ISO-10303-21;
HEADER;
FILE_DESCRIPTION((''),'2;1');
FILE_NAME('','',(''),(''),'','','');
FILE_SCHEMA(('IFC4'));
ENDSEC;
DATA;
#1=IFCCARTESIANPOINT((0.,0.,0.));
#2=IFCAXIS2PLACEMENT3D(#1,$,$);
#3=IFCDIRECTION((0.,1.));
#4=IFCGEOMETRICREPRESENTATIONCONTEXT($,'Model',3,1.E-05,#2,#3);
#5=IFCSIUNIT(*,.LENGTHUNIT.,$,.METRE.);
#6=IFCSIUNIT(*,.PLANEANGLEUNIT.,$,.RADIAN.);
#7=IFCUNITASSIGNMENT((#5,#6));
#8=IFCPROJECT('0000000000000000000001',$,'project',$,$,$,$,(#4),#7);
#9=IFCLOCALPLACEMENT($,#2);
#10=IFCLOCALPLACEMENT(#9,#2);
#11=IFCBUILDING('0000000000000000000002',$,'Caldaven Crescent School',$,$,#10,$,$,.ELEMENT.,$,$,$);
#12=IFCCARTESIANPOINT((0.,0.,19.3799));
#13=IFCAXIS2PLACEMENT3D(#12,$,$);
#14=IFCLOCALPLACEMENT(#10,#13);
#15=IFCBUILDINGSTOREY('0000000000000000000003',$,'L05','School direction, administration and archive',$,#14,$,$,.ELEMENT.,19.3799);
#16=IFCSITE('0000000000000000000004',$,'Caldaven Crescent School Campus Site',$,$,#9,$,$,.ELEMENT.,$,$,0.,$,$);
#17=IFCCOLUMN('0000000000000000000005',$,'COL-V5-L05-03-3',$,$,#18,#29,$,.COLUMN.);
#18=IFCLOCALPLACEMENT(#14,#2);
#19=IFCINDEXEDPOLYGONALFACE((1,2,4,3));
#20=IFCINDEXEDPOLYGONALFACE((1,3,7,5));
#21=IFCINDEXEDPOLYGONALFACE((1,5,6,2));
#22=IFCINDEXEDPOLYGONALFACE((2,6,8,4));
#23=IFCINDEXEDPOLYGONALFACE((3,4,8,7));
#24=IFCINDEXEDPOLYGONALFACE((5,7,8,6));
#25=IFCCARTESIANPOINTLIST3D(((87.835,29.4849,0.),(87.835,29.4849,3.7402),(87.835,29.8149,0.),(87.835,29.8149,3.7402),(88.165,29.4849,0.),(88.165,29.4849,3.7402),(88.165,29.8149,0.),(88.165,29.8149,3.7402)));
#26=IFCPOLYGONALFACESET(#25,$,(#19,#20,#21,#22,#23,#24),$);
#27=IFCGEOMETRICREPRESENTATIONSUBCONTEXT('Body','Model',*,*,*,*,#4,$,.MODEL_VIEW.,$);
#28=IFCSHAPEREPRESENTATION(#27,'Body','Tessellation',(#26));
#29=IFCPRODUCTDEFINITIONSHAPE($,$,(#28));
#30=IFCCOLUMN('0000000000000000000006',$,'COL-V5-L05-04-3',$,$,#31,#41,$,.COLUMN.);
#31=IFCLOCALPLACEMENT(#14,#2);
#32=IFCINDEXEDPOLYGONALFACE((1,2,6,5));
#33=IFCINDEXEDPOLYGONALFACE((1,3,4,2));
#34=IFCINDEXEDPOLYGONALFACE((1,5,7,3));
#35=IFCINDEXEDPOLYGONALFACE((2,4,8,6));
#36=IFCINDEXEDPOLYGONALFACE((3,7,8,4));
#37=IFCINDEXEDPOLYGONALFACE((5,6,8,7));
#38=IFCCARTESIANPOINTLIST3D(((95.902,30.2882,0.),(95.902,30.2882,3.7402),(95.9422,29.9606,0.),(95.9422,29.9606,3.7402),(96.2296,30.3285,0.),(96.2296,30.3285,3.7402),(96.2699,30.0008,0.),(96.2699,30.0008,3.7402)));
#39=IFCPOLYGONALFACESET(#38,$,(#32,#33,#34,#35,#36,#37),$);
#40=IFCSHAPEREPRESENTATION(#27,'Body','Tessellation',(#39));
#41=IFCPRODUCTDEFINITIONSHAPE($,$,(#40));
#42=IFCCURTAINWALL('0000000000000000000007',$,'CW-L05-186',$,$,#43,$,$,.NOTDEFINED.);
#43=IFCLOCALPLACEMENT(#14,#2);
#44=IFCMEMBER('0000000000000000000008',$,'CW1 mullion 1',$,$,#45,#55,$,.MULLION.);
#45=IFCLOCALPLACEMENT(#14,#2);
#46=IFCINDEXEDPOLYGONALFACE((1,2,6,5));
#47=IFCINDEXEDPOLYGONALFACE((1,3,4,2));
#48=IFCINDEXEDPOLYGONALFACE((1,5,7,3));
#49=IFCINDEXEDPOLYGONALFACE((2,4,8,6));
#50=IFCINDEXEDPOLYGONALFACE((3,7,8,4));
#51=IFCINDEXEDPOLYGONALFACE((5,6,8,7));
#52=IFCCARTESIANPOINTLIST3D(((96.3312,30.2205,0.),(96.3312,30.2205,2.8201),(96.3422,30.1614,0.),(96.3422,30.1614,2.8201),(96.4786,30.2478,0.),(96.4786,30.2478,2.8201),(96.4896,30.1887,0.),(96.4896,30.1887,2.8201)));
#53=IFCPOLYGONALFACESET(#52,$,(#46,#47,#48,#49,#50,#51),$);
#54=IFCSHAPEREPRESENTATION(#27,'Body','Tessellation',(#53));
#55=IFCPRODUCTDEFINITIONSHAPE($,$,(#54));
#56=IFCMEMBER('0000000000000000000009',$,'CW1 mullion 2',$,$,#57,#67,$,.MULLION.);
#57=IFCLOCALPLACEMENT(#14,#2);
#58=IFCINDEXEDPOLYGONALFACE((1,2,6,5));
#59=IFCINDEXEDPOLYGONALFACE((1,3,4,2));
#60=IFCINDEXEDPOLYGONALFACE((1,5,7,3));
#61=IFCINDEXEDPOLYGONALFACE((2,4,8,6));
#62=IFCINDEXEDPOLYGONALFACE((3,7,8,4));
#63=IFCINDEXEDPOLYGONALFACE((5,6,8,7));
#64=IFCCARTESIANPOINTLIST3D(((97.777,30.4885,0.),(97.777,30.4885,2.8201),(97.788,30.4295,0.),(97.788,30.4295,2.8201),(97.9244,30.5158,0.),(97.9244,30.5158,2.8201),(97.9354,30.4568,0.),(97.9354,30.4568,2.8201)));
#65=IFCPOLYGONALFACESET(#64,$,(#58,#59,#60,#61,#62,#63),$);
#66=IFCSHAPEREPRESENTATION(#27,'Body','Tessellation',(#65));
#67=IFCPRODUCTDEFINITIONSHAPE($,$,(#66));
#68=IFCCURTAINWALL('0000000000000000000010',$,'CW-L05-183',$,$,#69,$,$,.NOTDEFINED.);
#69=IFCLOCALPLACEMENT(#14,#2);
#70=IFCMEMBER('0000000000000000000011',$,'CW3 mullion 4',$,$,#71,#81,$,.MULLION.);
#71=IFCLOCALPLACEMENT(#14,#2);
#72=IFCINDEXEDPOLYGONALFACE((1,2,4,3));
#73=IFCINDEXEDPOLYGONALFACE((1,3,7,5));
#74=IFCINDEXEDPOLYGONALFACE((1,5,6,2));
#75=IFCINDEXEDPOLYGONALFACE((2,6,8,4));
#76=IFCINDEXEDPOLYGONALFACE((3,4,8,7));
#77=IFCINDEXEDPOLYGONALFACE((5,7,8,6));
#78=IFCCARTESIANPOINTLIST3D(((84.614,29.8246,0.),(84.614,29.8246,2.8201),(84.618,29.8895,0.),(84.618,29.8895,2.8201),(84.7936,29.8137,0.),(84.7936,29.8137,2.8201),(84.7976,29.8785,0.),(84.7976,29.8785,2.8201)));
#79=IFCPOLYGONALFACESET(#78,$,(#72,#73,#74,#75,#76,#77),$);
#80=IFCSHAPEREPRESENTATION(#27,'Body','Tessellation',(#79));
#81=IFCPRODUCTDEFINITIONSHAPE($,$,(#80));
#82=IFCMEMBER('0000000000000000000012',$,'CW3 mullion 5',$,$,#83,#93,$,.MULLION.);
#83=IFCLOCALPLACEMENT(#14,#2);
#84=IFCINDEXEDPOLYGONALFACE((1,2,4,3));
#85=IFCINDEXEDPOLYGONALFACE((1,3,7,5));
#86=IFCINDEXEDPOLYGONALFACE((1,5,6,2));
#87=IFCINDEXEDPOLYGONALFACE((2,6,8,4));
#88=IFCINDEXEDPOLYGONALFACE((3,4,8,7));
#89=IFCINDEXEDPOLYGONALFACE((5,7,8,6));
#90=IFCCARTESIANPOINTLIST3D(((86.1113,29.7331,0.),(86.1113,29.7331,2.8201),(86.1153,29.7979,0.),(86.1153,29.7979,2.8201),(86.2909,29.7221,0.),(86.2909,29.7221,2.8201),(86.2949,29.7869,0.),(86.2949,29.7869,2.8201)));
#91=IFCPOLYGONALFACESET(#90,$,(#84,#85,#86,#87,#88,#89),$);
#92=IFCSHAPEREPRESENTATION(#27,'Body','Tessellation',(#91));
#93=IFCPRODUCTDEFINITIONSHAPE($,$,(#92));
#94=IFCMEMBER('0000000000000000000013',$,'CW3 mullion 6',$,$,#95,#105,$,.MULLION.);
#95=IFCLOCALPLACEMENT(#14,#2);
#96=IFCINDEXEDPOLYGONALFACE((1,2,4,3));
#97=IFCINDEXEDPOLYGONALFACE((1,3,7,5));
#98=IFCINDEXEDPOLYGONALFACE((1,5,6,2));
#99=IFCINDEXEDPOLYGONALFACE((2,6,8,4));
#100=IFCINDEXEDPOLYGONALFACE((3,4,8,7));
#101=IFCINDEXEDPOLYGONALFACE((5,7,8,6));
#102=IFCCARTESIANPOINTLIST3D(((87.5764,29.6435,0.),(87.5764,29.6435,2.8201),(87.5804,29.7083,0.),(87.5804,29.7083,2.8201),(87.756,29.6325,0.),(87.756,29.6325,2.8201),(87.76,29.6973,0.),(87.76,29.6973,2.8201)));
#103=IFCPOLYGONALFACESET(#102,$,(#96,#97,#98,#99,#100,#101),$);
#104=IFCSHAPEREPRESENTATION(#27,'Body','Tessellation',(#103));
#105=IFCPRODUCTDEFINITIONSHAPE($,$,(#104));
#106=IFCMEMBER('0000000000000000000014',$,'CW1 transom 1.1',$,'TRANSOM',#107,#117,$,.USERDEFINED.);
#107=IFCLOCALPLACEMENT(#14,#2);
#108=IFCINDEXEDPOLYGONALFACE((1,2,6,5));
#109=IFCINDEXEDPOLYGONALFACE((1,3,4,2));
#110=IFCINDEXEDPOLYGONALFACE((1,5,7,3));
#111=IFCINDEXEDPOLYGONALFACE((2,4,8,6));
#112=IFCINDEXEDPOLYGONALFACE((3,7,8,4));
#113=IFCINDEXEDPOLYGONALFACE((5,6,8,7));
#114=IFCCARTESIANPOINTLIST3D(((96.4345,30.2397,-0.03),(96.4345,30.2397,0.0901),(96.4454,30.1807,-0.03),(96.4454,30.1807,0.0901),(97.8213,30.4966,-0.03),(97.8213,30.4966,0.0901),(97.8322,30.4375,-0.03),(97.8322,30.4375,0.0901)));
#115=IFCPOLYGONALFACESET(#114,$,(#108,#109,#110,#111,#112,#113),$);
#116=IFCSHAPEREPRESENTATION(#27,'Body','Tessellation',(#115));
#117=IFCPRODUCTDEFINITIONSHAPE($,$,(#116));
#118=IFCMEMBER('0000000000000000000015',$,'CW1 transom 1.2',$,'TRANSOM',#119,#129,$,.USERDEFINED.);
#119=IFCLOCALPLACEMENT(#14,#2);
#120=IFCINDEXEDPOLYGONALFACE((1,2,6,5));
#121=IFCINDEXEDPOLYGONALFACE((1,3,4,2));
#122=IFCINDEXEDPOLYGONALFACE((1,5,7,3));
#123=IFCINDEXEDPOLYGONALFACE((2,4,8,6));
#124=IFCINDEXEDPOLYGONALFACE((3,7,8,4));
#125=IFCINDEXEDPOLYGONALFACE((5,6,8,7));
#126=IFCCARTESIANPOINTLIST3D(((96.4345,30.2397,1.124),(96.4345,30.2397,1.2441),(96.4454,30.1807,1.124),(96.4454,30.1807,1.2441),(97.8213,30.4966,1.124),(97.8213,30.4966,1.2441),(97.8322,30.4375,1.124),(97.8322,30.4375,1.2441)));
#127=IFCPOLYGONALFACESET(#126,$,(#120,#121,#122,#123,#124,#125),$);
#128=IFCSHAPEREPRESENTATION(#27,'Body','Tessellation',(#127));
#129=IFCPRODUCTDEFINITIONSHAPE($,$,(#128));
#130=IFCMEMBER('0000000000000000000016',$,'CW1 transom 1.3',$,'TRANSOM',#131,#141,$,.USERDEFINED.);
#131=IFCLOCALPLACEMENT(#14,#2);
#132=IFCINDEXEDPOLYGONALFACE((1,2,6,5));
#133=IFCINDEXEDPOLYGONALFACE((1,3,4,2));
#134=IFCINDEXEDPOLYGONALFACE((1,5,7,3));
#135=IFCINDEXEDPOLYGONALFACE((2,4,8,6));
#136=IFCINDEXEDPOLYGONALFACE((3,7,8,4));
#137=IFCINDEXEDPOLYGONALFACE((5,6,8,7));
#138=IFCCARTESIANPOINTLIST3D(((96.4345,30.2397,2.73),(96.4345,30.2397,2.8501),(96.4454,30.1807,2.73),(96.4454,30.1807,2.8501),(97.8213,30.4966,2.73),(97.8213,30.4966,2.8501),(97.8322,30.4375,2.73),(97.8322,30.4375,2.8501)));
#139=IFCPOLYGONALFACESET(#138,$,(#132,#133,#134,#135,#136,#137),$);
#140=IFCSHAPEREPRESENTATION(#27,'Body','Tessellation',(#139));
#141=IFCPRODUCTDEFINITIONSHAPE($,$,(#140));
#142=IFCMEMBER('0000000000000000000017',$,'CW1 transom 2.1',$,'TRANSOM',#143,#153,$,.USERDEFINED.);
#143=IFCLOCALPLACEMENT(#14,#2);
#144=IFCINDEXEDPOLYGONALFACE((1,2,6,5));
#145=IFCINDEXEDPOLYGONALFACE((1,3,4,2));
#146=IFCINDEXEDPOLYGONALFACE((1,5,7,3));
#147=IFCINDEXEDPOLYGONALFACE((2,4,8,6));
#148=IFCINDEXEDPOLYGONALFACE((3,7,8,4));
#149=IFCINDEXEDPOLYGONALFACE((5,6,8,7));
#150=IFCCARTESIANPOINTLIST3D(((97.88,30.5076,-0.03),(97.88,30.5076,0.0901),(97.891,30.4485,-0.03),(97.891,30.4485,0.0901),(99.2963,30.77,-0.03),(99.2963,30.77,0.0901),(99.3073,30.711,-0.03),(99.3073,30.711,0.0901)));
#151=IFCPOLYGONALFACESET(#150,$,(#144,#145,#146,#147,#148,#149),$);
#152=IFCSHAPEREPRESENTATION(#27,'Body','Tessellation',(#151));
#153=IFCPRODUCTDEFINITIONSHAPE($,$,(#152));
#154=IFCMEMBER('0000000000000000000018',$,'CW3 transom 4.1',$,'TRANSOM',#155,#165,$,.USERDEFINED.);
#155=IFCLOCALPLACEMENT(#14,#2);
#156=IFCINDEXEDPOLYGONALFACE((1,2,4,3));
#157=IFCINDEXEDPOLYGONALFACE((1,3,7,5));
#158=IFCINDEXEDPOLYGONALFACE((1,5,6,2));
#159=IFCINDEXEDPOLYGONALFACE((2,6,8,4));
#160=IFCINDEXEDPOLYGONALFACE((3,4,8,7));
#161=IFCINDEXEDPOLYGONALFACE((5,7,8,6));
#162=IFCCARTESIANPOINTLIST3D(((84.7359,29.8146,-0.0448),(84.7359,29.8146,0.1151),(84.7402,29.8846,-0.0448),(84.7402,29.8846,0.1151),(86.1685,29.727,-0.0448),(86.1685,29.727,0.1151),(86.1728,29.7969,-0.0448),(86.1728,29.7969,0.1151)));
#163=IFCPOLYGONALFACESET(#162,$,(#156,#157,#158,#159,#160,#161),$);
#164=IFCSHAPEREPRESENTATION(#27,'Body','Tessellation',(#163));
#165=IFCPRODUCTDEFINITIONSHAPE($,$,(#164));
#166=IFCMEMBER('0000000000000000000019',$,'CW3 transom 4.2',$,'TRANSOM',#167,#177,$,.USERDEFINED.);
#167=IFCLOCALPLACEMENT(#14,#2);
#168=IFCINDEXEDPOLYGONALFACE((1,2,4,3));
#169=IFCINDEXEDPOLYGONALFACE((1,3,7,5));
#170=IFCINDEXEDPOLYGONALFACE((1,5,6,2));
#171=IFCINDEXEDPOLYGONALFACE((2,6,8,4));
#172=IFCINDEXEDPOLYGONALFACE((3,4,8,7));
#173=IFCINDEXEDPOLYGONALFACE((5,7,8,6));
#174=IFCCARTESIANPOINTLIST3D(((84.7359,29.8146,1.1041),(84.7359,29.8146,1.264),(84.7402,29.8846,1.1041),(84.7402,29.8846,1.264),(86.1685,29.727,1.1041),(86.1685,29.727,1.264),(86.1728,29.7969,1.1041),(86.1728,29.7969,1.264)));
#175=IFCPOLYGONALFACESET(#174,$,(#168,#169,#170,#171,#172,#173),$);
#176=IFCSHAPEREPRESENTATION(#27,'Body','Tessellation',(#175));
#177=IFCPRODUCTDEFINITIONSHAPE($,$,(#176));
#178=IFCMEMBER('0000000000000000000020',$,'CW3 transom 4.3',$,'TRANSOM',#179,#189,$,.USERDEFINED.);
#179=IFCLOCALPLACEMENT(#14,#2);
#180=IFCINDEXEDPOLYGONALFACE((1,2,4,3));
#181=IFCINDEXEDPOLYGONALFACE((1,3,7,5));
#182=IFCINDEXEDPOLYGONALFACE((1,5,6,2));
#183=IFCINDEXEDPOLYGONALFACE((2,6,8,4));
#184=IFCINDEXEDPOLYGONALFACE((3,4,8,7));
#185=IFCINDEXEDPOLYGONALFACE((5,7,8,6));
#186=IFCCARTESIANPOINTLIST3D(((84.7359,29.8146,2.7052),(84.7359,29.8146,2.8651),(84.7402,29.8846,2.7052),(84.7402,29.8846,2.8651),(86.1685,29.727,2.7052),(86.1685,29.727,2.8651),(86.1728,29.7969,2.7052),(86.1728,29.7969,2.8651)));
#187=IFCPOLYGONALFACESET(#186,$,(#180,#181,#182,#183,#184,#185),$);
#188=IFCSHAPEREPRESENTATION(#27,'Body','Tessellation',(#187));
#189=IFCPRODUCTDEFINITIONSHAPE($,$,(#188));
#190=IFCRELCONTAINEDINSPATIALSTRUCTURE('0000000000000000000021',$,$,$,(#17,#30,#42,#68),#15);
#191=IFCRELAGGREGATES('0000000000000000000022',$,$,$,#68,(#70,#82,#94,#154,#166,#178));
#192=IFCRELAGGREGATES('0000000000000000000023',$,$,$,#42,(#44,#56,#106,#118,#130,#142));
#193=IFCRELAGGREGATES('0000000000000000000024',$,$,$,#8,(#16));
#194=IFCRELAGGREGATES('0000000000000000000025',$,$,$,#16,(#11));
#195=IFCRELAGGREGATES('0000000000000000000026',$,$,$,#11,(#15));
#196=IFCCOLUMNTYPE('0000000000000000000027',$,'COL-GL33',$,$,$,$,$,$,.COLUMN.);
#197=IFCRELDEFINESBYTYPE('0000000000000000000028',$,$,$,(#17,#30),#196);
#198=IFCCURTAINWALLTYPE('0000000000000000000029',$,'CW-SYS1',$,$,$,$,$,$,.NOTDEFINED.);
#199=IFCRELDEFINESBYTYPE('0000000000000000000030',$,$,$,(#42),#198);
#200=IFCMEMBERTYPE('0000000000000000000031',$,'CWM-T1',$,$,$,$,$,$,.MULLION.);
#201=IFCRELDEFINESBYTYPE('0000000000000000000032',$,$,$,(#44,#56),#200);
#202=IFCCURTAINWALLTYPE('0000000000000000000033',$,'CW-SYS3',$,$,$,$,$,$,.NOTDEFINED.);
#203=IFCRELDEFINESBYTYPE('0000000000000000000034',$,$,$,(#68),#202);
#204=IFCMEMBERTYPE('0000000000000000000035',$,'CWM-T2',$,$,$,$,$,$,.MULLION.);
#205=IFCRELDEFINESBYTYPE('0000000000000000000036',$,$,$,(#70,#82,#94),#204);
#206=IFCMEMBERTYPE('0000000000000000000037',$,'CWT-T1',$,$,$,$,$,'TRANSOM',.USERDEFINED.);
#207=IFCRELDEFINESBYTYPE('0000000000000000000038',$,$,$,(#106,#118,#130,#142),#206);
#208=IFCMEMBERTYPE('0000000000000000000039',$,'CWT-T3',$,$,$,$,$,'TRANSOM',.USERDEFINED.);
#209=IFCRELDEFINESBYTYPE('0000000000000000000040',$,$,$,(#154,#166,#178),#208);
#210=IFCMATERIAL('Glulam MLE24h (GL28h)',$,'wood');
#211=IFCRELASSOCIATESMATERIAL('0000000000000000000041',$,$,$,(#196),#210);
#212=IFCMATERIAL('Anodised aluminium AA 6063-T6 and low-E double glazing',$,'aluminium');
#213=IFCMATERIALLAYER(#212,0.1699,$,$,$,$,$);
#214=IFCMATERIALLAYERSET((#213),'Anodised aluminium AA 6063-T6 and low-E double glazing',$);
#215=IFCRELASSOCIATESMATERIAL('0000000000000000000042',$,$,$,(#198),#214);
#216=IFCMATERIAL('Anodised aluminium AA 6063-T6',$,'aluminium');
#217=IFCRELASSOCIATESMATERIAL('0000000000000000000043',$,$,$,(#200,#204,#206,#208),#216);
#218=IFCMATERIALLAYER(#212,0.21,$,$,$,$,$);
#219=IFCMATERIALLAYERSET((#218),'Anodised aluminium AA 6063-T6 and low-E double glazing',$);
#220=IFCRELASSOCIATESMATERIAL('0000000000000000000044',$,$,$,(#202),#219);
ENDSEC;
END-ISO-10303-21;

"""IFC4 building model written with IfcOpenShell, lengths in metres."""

from ifc_helpers import new_model, si_unit, direction, frame, origin, origin_2d, place, context, subcontext, project, spatial, rectangle, extrude, material, layer, layer_set, material_profile, profile_set, type_object, element, aggregate, save


model = new_model("IFC4")

# Units and contexts
model_context = context("Model", 3, precision=1e-05, world=origin(), true_north=direction((0.0, 1.0)))
body_context = subcontext(model_context, "Body", "Model", "MODEL_VIEW")
ifc_project = project(units=[si_unit("LENGTHUNIT", "METRE"), si_unit("PLANEANGLEUNIT", "RADIAN")], contexts=[model_context])

# Site, building, storey
site_placement = place(None, origin())
site = spatial("IfcSite", under=ifc_project, at=site_placement, Name="Caldaven Crescent School Campus Site", CompositionType="ELEMENT", RefElevation=0.0)
building_placement = place(site_placement, origin())
building = spatial("IfcBuilding", under=site, at=building_placement, Name="Caldaven Crescent School", CompositionType="ELEMENT")
storey_placement = place(building_placement, frame((0.0, 0.0, 19.3799)))
storey = spatial("IfcBuildingStorey", under=building, at=storey_placement, Name="L05", Description="School direction, administration and archive", CompositionType="ELEMENT", Elevation=19.3799)

# Columns
ifc_material_1 = material(Name="Glulam MLE24h (GL28h)", Category="wood")
ifc_material_profile_1 = material_profile(ifc_material_1, rectangle(XDim=0.3301, YDim=0.3301, at=origin_2d()), Name="MLE 330x330")
ifc_profile_set_1 = profile_set([ifc_material_profile_1], Name="Glulam MLE24h (GL28h)")
column_type = type_object("IfcColumnType", Name="COL-GL33", PredefinedType="COLUMN", material=ifc_profile_set_1)
for number, where, z_axis, x_axis, name in (
    (1, (88.0, 29.6499, 0.0), (0.0, 0.0, 1.0), (0.0, -1.0, 0.0), "COL-V5-L05-03-3"),
    (2, (96.0859, 30.1445, 0.0), (0.0, 0.0, 1.0), (0.121869, -0.992546, 0.0), "COL-V5-L05-04-3"),
):
    element("IfcColumn", number, at=place(storey_placement, frame(where, z_axis=z_axis, x_axis=x_axis)), inside=storey, type_object=column_type, Name=name, PredefinedType="COLUMN", context=body_context, shape_type="SweptSolid", body=[
        extrude(rectangle(XDim=0.3301, YDim=0.3301, at=origin_2d()), origin(), (0.0, 0.0, 1.0), 3.7402),
    ])

# Curtain walls, members
ifc_material_2 = material(Name="Anodised aluminium AA 6063-T6 and low-E double glazing", Category="aluminium")
ifc_layer_1 = layer(ifc_material_2, 0.1699)
ifc_layer_set_1 = layer_set([ifc_layer_1], Name="Anodised aluminium AA 6063-T6 and low-E double glazing")
curtain_wall_type_1 = type_object("IfcCurtainWallType", Name="CW-SYS1", PredefinedType="NOTDEFINED", material=ifc_layer_set_1)
curtain_wall_1_placement = place(storey_placement, origin())
curtain_wall_1 = element("IfcCurtainWall", 3, at=curtain_wall_1_placement, inside=storey, type_object=curtain_wall_type_1, Name="CW-L05-186", PredefinedType="NOTDEFINED")
ifc_material_3 = material(Name="Anodised aluminium AA 6063-T6", Category="aluminium")
ifc_material_profile_2 = material_profile(ifc_material_3, rectangle(XDim=0.0601, YDim=0.1499, at=origin_2d()), Name="CWM 60x150")
ifc_profile_set_2 = profile_set([ifc_material_profile_2], Name="Anodised aluminium AA 6063-T6")
member_type_1 = type_object("IfcMemberType", Name="CWM-T1", PredefinedType="MULLION", material=ifc_profile_set_2)
member_1_placement = place(storey_placement, frame((96.4104, 30.2046, 0.0), z_axis=(0.0, 0.0, 1.0), x_axis=(-0.182236, 0.983255, 0.0)))
member_1 = element("IfcMember", 4, at=member_1_placement, type_object=member_type_1, Name="CW1 mullion 1", PredefinedType="MULLION", context=body_context, shape_type="SweptSolid", body=[
    extrude(rectangle(XDim=0.0601, YDim=0.1499, at=origin_2d()), origin(), (0.0, 0.0, 1.0), 2.8201),
])
member_2_placement = place(storey_placement, frame((97.8562, 30.4727, 0.0), z_axis=(0.0, 0.0, 1.0), x_axis=(-0.182236, 0.983255, 0.0)))
member_2 = element("IfcMember", 5, at=member_2_placement, type_object=member_type_1, Name="CW1 mullion 2", PredefinedType="MULLION", context=body_context, shape_type="SweptSolid", body=[
    extrude(rectangle(XDim=0.0601, YDim=0.1499, at=origin_2d()), origin(), (0.0, 0.0, 1.0), 2.8201),
])
ifc_layer_2 = layer(ifc_material_2, 0.21)
ifc_layer_set_2 = layer_set([ifc_layer_2], Name="Anodised aluminium AA 6063-T6 and low-E double glazing")
curtain_wall_type_2 = type_object("IfcCurtainWallType", Name="CW-SYS3", PredefinedType="NOTDEFINED", material=ifc_layer_set_2)
curtain_wall_2_placement = place(storey_placement, origin())
curtain_wall_2 = element("IfcCurtainWall", 6, at=curtain_wall_2_placement, inside=storey, type_object=curtain_wall_type_2, Name="CW-L05-183", PredefinedType="NOTDEFINED")
ifc_material_profile_3 = material_profile(ifc_material_3, rectangle(XDim=0.0649, YDim=0.1799, at=origin_2d()), Name="CWM 65x180")
ifc_profile_set_3 = profile_set([ifc_material_profile_3], Name="Anodised aluminium AA 6063-T6")
member_type_2 = type_object("IfcMemberType", Name="CWM-T2", PredefinedType="MULLION", material=ifc_profile_set_3)
member_3_placement = place(storey_placement, frame((84.7058, 29.8516, 0.0), z_axis=(0.0, 0.0, 1.0), x_axis=(0.061049, 0.998135, 0.0)))
member_3 = element("IfcMember", 7, at=member_3_placement, type_object=member_type_2, Name="CW3 mullion 4", PredefinedType="MULLION", context=body_context, shape_type="SweptSolid", body=[
    extrude(rectangle(XDim=0.0649, YDim=0.1799, at=origin_2d()), origin(), (0.0, 0.0, 1.0), 2.8201),
])
member_4_placement = place(storey_placement, frame((86.2031, 29.76, 0.0), z_axis=(0.0, 0.0, 1.0), x_axis=(0.061049, 0.998135, 0.0)))
member_4 = element("IfcMember", 8, at=member_4_placement, type_object=member_type_2, Name="CW3 mullion 5", PredefinedType="MULLION", context=body_context, shape_type="SweptSolid", body=[
    extrude(rectangle(XDim=0.0649, YDim=0.1799, at=origin_2d()), origin(), (0.0, 0.0, 1.0), 2.8201),
])
member_5_placement = place(storey_placement, frame((87.6682, 29.6704, 0.0), z_axis=(0.0, 0.0, 1.0), x_axis=(0.061049, 0.998135, 0.0)))
member_5 = element("IfcMember", 9, at=member_5_placement, type_object=member_type_2, Name="CW3 mullion 6", PredefinedType="MULLION", context=body_context, shape_type="SweptSolid", body=[
    extrude(rectangle(XDim=0.0649, YDim=0.1799, at=origin_2d()), origin(), (0.0, 0.0, 1.0), 2.8201),
])

# Members
ifc_material_profile_4 = material_profile(ifc_material_3, rectangle(XDim=0.0601, YDim=0.1201, at=origin_2d()), Name="CWT 60x120")
ifc_profile_set_4 = profile_set([ifc_material_profile_4], Name="Anodised aluminium AA 6063-T6")
member_type_3 = type_object("IfcMemberType", Name="CWT-T1", ElementType="TRANSOM", PredefinedType="USERDEFINED", material=ifc_profile_set_4)
member_6_placement = place(storey_placement, frame((96.4399, 30.2102, 0.03), z_axis=(0.983277, 0.182114, 0.0), x_axis=(-0.182114, 0.983277, 0.0)))
member_6 = element("IfcMember", 10, at=member_6_placement, type_object=member_type_3, Name="CW1 transom 1.1", ObjectType="TRANSOM", PredefinedType="USERDEFINED", context=body_context, shape_type="SweptSolid", body=[
    extrude(rectangle(XDim=0.0601, YDim=0.1201, at=origin_2d()), origin(), (0.0, 0.0, 1.0), 1.4104),
])
member_7_placement = place(storey_placement, frame((96.4399, 30.2102, 1.1841), z_axis=(0.983277, 0.182114, 0.0), x_axis=(-0.182114, 0.983277, 0.0)))
member_7 = element("IfcMember", 11, at=member_7_placement, type_object=member_type_3, Name="CW1 transom 1.2", ObjectType="TRANSOM", PredefinedType="USERDEFINED", context=body_context, shape_type="SweptSolid", body=[
    extrude(rectangle(XDim=0.0601, YDim=0.1201, at=origin_2d()), origin(), (0.0, 0.0, 1.0), 1.4104),
])
member_8_placement = place(storey_placement, frame((96.4399, 30.2102, 2.79), z_axis=(0.983277, 0.182114, 0.0), x_axis=(-0.182114, 0.983277, 0.0)))
member_8 = element("IfcMember", 12, at=member_8_placement, type_object=member_type_3, Name="CW1 transom 1.3", ObjectType="TRANSOM", PredefinedType="USERDEFINED", context=body_context, shape_type="SweptSolid", body=[
    extrude(rectangle(XDim=0.0601, YDim=0.1201, at=origin_2d()), origin(), (0.0, 0.0, 1.0), 1.4104),
])
member_9_placement = place(storey_placement, frame((97.8855, 30.478, 0.03), z_axis=(0.98326, 0.182211, 0.0), x_axis=(-0.182211, 0.98326, 0.0)))
member_9 = element("IfcMember", 13, at=member_9_placement, type_object=member_type_3, Name="CW1 transom 2.1", ObjectType="TRANSOM", PredefinedType="USERDEFINED", context=body_context, shape_type="SweptSolid", body=[
    extrude(rectangle(XDim=0.0601, YDim=0.1201, at=origin_2d()), origin(), (0.0, 0.0, 1.0), 1.4404),
])
ifc_material_profile_5 = material_profile(ifc_material_3, rectangle(XDim=0.0701, YDim=0.1599, at=origin_2d()), Name="CWT 70x160")
ifc_profile_set_5 = profile_set([ifc_material_profile_5], Name="Anodised aluminium AA 6063-T6")
member_type_4 = type_object("IfcMemberType", Name="CWT-T3", ElementType="TRANSOM", PredefinedType="USERDEFINED", material=ifc_profile_set_5)
member_10_placement = place(storey_placement, frame((84.738, 29.8496, 0.0352), z_axis=(0.998134, -0.061065, 0.0), x_axis=(0.061065, 0.998134, 0.0)))
member_10 = element("IfcMember", 14, at=member_10_placement, type_object=member_type_4, Name="CW3 transom 4.1", ObjectType="TRANSOM", PredefinedType="USERDEFINED", context=body_context, shape_type="SweptSolid", body=[
    extrude(rectangle(XDim=0.0701, YDim=0.1599, at=origin_2d()), origin(), (0.0, 0.0, 1.0), 1.4353),
])
member_11_placement = place(storey_placement, frame((84.738, 29.8496, 1.1841), z_axis=(0.998134, -0.061065, 0.0), x_axis=(0.061065, 0.998134, 0.0)))
member_11 = element("IfcMember", 15, at=member_11_placement, type_object=member_type_4, Name="CW3 transom 4.2", ObjectType="TRANSOM", PredefinedType="USERDEFINED", context=body_context, shape_type="SweptSolid", body=[
    extrude(rectangle(XDim=0.0701, YDim=0.1599, at=origin_2d()), origin(), (0.0, 0.0, 1.0), 1.4353),
])
member_12_placement = place(storey_placement, frame((84.738, 29.8496, 2.7852), z_axis=(0.998134, -0.061065, 0.0), x_axis=(0.061065, 0.998134, 0.0)))
member_12 = element("IfcMember", 16, at=member_12_placement, type_object=member_type_4, Name="CW3 transom 4.3", ObjectType="TRANSOM", PredefinedType="USERDEFINED", context=body_context, shape_type="SweptSolid", body=[
    extrude(rectangle(XDim=0.0701, YDim=0.1599, at=origin_2d()), origin(), (0.0, 0.0, 1.0), 1.4353),
])

aggregate(curtain_wall_2, [member_3, member_4, member_5, member_10, member_11, member_12])
aggregate(curtain_wall_1, [member_1, member_2, member_6, member_7, member_8, member_9])

save(model, "model.ifc")
